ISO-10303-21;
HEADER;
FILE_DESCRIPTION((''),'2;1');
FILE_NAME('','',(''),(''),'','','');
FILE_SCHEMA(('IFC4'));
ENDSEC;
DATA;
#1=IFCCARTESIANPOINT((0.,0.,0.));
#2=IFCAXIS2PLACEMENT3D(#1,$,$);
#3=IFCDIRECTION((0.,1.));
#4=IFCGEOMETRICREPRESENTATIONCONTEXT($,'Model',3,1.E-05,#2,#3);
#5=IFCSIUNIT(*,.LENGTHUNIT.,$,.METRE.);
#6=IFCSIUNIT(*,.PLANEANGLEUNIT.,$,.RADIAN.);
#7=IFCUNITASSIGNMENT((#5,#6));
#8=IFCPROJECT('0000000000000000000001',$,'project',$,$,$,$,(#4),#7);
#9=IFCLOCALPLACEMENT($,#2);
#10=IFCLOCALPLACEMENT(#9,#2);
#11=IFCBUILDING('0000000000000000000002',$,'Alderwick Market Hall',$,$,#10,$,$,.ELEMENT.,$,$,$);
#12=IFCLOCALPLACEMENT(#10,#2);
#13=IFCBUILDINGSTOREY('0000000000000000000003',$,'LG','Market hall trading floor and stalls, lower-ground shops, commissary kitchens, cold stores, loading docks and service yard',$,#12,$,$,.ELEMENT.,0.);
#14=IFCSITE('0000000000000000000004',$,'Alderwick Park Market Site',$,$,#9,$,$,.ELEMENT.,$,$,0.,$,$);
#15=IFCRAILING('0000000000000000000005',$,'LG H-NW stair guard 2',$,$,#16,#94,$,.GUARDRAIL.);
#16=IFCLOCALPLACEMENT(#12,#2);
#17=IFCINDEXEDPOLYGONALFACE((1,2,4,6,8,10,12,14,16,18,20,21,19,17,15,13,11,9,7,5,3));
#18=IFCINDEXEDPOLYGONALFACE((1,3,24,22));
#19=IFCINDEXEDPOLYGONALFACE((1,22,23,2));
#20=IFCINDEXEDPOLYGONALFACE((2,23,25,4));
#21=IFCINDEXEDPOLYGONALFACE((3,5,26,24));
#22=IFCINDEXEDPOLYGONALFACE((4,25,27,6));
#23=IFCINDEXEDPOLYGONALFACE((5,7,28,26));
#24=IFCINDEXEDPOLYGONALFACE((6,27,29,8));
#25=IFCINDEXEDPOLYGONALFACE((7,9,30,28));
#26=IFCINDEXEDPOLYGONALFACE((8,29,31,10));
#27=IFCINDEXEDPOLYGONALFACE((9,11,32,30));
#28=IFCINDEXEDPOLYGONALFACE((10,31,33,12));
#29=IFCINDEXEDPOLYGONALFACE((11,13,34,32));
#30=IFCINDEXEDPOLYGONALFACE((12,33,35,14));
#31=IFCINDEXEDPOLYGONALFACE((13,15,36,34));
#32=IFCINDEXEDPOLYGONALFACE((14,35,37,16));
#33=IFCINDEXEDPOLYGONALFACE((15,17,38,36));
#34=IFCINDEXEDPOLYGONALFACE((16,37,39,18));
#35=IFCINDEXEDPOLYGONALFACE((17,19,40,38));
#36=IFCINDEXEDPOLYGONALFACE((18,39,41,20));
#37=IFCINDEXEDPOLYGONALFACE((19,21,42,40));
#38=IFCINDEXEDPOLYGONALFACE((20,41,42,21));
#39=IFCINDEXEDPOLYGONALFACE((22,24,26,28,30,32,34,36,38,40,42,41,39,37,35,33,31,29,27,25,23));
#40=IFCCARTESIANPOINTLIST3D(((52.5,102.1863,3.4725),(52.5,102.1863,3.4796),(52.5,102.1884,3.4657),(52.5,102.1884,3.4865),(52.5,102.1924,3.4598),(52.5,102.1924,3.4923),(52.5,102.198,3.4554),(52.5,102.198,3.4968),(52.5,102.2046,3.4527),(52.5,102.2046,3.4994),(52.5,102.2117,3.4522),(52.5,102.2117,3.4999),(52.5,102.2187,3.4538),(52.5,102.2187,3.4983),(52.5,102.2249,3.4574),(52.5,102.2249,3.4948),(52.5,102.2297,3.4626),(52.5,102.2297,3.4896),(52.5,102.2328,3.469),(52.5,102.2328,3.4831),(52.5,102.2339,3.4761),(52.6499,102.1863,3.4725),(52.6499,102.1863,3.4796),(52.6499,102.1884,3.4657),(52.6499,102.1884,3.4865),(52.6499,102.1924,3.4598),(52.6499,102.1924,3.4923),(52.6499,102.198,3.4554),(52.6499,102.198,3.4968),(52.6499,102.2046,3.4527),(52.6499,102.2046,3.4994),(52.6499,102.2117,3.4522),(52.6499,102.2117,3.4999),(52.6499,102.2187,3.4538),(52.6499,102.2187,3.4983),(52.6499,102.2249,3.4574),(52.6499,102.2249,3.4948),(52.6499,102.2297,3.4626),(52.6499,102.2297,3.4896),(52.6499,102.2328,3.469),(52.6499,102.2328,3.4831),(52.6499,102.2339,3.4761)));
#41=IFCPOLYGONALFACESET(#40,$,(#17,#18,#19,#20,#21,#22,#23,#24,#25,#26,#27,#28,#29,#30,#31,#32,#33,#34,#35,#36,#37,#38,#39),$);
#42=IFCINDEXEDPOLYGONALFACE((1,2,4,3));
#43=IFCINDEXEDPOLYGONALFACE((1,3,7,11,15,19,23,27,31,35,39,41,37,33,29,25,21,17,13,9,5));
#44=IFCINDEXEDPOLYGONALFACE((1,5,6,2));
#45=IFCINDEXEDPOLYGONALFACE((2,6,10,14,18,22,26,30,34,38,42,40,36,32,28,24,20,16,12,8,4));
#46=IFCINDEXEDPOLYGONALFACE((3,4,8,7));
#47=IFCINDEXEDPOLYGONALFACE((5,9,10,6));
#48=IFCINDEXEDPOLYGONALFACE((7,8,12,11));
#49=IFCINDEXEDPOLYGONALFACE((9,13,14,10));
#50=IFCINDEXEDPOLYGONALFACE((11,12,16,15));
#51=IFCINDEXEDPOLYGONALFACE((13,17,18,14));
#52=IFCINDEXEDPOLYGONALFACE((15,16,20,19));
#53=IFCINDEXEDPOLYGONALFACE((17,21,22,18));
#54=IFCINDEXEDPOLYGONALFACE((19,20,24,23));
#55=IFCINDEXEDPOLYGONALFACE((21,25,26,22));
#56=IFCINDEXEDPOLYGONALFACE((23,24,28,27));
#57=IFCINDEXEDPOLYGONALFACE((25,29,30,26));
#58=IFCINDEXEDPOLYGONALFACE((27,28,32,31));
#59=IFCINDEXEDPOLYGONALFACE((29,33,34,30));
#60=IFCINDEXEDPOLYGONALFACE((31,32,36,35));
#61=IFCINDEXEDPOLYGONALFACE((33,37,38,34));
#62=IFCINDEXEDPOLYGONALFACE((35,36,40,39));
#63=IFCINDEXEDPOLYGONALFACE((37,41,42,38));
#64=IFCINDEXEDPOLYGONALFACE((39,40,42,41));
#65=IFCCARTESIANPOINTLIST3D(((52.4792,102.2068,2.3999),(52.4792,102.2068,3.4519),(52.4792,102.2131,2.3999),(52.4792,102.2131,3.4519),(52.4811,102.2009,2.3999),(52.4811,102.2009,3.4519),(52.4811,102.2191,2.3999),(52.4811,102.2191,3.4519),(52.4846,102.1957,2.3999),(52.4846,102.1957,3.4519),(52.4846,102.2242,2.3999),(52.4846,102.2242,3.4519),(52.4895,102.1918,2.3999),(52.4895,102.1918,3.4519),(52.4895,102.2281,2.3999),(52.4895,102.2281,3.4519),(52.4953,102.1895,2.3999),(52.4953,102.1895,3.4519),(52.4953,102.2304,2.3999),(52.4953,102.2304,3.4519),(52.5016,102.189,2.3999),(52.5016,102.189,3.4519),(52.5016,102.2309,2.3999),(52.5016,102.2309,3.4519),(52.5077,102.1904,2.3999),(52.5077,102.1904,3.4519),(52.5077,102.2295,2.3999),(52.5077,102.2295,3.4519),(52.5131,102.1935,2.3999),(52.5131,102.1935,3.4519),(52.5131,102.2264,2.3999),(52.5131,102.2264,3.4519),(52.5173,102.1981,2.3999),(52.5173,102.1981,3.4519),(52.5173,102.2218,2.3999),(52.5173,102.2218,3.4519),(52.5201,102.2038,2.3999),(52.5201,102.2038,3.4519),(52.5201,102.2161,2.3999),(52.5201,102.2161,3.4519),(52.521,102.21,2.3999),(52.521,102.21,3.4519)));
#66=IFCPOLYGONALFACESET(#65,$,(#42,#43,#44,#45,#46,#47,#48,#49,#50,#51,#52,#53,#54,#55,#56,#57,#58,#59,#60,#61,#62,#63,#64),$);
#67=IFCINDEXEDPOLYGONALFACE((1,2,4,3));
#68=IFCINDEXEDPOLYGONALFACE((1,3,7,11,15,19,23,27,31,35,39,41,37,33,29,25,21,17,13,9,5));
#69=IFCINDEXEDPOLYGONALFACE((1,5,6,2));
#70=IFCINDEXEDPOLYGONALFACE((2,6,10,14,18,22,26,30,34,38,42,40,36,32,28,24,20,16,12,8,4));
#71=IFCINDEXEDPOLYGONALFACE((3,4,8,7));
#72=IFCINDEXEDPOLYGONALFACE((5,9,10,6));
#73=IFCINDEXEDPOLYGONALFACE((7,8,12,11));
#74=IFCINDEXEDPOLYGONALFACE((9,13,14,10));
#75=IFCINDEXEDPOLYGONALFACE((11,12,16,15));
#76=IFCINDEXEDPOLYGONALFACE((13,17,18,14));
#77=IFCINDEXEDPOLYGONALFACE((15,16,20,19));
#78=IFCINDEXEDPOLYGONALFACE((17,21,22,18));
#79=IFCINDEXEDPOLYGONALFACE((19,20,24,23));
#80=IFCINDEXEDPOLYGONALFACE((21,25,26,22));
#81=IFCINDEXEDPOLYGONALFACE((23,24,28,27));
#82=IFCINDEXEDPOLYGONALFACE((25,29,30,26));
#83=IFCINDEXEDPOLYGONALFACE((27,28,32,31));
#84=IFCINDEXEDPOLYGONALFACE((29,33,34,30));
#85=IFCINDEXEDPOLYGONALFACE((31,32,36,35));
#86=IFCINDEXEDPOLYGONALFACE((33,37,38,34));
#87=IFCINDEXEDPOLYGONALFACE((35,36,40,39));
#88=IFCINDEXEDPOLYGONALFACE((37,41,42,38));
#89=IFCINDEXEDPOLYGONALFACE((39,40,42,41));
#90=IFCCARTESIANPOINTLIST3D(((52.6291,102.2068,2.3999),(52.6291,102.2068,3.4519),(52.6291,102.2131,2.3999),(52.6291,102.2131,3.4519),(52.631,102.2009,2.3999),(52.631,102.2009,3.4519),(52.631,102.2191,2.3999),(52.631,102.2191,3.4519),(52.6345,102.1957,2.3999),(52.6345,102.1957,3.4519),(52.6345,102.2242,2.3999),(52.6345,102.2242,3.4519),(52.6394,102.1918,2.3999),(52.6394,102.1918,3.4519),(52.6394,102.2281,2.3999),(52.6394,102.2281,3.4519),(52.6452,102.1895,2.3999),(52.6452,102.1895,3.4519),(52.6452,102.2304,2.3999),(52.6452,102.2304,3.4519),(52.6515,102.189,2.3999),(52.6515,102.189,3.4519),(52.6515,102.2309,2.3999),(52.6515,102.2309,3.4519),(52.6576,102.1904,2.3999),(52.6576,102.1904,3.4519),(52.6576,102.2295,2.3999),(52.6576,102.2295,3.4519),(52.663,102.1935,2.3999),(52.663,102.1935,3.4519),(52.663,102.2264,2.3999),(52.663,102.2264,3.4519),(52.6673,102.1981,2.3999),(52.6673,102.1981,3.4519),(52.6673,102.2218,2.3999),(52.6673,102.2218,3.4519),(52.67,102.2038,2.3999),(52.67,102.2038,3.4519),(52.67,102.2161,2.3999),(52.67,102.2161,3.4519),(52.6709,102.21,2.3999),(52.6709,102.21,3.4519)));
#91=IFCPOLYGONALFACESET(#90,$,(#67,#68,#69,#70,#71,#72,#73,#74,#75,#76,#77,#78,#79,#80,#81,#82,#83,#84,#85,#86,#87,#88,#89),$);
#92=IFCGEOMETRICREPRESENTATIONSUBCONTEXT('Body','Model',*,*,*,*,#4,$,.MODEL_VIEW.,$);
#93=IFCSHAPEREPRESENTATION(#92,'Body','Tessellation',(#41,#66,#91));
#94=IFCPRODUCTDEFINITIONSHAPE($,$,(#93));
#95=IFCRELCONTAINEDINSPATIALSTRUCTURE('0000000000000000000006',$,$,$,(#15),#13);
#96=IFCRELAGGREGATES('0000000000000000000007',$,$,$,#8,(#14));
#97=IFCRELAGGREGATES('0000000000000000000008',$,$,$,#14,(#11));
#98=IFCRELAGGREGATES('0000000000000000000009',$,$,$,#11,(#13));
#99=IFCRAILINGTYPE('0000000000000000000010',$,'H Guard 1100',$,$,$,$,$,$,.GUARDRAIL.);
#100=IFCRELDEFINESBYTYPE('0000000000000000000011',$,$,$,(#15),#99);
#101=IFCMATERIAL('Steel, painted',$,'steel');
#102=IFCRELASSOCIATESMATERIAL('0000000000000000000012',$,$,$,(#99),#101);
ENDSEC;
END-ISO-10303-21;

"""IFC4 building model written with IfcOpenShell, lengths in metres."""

from ifc_helpers import new_model, si_unit, direction, frame, origin, origin_2d, place, context, subcontext, project, spatial, circle, extrude, material, type_object, element, save


model = new_model("IFC4")

# Units and contexts
model_context = context("Model", 3, precision=1e-05, world=origin(), true_north=direction((0.0, 1.0)))
body_context = subcontext(model_context, "Body", "Model", "MODEL_VIEW")
ifc_project = project(units=[si_unit("LENGTHUNIT", "METRE"), si_unit("PLANEANGLEUNIT", "RADIAN")], contexts=[model_context])

# Site, building, storey
site_placement = place(None, origin())
site = spatial("IfcSite", under=ifc_project, at=site_placement, Name="Alderwick Park Market Site", CompositionType="ELEMENT", RefElevation=0.0)
building_placement = place(site_placement, origin())
building = spatial("IfcBuilding", under=site, at=building_placement, Name="Alderwick Market Hall", CompositionType="ELEMENT")
storey_placement = place(building_placement, origin())
storey = spatial("IfcBuildingStorey", under=building, at=storey_placement, Name="LG", Description="Market hall trading floor and stalls, lower-ground shops, commissary kitchens, cold stores, loading docks and service yard", CompositionType="ELEMENT", Elevation=0.0)

# Railing
ifc_material_1 = material(Name="Steel, painted", Category="steel")
railing_type_1 = type_object("IfcRailingType", Name="H Guard 1100", PredefinedType="GUARDRAIL", material=ifc_material_1)
railing_1_placement = place(storey_placement, frame((52.5, 102.21, 2.3999)))
element("IfcRailing", 1, at=railing_1_placement, inside=storey, type_object=railing_type_1, Name="LG H-NW stair guard 2", PredefinedType="GUARDRAIL", context=body_context, shape_type="SweptSolid", body=[
    extrude(circle(Radius=0.0239, at=origin_2d()), frame((0.0, 0.0, 1.0762), z_axis=(1.0, 0.0, 0.0), x_axis=(0.0, 1.0, 0.0)), (0.0, 0.0, 1.0), 0.1499),
    extrude(circle(Radius=0.021, at=origin_2d()), origin(), (0.0, 0.0, 1.0), 1.052),
    extrude(circle(Radius=0.021, at=origin_2d()), frame((0.1499, 0.0, 0.0)), (0.0, 0.0, 1.0), 1.052),
])

save(model, "model.ifc")
